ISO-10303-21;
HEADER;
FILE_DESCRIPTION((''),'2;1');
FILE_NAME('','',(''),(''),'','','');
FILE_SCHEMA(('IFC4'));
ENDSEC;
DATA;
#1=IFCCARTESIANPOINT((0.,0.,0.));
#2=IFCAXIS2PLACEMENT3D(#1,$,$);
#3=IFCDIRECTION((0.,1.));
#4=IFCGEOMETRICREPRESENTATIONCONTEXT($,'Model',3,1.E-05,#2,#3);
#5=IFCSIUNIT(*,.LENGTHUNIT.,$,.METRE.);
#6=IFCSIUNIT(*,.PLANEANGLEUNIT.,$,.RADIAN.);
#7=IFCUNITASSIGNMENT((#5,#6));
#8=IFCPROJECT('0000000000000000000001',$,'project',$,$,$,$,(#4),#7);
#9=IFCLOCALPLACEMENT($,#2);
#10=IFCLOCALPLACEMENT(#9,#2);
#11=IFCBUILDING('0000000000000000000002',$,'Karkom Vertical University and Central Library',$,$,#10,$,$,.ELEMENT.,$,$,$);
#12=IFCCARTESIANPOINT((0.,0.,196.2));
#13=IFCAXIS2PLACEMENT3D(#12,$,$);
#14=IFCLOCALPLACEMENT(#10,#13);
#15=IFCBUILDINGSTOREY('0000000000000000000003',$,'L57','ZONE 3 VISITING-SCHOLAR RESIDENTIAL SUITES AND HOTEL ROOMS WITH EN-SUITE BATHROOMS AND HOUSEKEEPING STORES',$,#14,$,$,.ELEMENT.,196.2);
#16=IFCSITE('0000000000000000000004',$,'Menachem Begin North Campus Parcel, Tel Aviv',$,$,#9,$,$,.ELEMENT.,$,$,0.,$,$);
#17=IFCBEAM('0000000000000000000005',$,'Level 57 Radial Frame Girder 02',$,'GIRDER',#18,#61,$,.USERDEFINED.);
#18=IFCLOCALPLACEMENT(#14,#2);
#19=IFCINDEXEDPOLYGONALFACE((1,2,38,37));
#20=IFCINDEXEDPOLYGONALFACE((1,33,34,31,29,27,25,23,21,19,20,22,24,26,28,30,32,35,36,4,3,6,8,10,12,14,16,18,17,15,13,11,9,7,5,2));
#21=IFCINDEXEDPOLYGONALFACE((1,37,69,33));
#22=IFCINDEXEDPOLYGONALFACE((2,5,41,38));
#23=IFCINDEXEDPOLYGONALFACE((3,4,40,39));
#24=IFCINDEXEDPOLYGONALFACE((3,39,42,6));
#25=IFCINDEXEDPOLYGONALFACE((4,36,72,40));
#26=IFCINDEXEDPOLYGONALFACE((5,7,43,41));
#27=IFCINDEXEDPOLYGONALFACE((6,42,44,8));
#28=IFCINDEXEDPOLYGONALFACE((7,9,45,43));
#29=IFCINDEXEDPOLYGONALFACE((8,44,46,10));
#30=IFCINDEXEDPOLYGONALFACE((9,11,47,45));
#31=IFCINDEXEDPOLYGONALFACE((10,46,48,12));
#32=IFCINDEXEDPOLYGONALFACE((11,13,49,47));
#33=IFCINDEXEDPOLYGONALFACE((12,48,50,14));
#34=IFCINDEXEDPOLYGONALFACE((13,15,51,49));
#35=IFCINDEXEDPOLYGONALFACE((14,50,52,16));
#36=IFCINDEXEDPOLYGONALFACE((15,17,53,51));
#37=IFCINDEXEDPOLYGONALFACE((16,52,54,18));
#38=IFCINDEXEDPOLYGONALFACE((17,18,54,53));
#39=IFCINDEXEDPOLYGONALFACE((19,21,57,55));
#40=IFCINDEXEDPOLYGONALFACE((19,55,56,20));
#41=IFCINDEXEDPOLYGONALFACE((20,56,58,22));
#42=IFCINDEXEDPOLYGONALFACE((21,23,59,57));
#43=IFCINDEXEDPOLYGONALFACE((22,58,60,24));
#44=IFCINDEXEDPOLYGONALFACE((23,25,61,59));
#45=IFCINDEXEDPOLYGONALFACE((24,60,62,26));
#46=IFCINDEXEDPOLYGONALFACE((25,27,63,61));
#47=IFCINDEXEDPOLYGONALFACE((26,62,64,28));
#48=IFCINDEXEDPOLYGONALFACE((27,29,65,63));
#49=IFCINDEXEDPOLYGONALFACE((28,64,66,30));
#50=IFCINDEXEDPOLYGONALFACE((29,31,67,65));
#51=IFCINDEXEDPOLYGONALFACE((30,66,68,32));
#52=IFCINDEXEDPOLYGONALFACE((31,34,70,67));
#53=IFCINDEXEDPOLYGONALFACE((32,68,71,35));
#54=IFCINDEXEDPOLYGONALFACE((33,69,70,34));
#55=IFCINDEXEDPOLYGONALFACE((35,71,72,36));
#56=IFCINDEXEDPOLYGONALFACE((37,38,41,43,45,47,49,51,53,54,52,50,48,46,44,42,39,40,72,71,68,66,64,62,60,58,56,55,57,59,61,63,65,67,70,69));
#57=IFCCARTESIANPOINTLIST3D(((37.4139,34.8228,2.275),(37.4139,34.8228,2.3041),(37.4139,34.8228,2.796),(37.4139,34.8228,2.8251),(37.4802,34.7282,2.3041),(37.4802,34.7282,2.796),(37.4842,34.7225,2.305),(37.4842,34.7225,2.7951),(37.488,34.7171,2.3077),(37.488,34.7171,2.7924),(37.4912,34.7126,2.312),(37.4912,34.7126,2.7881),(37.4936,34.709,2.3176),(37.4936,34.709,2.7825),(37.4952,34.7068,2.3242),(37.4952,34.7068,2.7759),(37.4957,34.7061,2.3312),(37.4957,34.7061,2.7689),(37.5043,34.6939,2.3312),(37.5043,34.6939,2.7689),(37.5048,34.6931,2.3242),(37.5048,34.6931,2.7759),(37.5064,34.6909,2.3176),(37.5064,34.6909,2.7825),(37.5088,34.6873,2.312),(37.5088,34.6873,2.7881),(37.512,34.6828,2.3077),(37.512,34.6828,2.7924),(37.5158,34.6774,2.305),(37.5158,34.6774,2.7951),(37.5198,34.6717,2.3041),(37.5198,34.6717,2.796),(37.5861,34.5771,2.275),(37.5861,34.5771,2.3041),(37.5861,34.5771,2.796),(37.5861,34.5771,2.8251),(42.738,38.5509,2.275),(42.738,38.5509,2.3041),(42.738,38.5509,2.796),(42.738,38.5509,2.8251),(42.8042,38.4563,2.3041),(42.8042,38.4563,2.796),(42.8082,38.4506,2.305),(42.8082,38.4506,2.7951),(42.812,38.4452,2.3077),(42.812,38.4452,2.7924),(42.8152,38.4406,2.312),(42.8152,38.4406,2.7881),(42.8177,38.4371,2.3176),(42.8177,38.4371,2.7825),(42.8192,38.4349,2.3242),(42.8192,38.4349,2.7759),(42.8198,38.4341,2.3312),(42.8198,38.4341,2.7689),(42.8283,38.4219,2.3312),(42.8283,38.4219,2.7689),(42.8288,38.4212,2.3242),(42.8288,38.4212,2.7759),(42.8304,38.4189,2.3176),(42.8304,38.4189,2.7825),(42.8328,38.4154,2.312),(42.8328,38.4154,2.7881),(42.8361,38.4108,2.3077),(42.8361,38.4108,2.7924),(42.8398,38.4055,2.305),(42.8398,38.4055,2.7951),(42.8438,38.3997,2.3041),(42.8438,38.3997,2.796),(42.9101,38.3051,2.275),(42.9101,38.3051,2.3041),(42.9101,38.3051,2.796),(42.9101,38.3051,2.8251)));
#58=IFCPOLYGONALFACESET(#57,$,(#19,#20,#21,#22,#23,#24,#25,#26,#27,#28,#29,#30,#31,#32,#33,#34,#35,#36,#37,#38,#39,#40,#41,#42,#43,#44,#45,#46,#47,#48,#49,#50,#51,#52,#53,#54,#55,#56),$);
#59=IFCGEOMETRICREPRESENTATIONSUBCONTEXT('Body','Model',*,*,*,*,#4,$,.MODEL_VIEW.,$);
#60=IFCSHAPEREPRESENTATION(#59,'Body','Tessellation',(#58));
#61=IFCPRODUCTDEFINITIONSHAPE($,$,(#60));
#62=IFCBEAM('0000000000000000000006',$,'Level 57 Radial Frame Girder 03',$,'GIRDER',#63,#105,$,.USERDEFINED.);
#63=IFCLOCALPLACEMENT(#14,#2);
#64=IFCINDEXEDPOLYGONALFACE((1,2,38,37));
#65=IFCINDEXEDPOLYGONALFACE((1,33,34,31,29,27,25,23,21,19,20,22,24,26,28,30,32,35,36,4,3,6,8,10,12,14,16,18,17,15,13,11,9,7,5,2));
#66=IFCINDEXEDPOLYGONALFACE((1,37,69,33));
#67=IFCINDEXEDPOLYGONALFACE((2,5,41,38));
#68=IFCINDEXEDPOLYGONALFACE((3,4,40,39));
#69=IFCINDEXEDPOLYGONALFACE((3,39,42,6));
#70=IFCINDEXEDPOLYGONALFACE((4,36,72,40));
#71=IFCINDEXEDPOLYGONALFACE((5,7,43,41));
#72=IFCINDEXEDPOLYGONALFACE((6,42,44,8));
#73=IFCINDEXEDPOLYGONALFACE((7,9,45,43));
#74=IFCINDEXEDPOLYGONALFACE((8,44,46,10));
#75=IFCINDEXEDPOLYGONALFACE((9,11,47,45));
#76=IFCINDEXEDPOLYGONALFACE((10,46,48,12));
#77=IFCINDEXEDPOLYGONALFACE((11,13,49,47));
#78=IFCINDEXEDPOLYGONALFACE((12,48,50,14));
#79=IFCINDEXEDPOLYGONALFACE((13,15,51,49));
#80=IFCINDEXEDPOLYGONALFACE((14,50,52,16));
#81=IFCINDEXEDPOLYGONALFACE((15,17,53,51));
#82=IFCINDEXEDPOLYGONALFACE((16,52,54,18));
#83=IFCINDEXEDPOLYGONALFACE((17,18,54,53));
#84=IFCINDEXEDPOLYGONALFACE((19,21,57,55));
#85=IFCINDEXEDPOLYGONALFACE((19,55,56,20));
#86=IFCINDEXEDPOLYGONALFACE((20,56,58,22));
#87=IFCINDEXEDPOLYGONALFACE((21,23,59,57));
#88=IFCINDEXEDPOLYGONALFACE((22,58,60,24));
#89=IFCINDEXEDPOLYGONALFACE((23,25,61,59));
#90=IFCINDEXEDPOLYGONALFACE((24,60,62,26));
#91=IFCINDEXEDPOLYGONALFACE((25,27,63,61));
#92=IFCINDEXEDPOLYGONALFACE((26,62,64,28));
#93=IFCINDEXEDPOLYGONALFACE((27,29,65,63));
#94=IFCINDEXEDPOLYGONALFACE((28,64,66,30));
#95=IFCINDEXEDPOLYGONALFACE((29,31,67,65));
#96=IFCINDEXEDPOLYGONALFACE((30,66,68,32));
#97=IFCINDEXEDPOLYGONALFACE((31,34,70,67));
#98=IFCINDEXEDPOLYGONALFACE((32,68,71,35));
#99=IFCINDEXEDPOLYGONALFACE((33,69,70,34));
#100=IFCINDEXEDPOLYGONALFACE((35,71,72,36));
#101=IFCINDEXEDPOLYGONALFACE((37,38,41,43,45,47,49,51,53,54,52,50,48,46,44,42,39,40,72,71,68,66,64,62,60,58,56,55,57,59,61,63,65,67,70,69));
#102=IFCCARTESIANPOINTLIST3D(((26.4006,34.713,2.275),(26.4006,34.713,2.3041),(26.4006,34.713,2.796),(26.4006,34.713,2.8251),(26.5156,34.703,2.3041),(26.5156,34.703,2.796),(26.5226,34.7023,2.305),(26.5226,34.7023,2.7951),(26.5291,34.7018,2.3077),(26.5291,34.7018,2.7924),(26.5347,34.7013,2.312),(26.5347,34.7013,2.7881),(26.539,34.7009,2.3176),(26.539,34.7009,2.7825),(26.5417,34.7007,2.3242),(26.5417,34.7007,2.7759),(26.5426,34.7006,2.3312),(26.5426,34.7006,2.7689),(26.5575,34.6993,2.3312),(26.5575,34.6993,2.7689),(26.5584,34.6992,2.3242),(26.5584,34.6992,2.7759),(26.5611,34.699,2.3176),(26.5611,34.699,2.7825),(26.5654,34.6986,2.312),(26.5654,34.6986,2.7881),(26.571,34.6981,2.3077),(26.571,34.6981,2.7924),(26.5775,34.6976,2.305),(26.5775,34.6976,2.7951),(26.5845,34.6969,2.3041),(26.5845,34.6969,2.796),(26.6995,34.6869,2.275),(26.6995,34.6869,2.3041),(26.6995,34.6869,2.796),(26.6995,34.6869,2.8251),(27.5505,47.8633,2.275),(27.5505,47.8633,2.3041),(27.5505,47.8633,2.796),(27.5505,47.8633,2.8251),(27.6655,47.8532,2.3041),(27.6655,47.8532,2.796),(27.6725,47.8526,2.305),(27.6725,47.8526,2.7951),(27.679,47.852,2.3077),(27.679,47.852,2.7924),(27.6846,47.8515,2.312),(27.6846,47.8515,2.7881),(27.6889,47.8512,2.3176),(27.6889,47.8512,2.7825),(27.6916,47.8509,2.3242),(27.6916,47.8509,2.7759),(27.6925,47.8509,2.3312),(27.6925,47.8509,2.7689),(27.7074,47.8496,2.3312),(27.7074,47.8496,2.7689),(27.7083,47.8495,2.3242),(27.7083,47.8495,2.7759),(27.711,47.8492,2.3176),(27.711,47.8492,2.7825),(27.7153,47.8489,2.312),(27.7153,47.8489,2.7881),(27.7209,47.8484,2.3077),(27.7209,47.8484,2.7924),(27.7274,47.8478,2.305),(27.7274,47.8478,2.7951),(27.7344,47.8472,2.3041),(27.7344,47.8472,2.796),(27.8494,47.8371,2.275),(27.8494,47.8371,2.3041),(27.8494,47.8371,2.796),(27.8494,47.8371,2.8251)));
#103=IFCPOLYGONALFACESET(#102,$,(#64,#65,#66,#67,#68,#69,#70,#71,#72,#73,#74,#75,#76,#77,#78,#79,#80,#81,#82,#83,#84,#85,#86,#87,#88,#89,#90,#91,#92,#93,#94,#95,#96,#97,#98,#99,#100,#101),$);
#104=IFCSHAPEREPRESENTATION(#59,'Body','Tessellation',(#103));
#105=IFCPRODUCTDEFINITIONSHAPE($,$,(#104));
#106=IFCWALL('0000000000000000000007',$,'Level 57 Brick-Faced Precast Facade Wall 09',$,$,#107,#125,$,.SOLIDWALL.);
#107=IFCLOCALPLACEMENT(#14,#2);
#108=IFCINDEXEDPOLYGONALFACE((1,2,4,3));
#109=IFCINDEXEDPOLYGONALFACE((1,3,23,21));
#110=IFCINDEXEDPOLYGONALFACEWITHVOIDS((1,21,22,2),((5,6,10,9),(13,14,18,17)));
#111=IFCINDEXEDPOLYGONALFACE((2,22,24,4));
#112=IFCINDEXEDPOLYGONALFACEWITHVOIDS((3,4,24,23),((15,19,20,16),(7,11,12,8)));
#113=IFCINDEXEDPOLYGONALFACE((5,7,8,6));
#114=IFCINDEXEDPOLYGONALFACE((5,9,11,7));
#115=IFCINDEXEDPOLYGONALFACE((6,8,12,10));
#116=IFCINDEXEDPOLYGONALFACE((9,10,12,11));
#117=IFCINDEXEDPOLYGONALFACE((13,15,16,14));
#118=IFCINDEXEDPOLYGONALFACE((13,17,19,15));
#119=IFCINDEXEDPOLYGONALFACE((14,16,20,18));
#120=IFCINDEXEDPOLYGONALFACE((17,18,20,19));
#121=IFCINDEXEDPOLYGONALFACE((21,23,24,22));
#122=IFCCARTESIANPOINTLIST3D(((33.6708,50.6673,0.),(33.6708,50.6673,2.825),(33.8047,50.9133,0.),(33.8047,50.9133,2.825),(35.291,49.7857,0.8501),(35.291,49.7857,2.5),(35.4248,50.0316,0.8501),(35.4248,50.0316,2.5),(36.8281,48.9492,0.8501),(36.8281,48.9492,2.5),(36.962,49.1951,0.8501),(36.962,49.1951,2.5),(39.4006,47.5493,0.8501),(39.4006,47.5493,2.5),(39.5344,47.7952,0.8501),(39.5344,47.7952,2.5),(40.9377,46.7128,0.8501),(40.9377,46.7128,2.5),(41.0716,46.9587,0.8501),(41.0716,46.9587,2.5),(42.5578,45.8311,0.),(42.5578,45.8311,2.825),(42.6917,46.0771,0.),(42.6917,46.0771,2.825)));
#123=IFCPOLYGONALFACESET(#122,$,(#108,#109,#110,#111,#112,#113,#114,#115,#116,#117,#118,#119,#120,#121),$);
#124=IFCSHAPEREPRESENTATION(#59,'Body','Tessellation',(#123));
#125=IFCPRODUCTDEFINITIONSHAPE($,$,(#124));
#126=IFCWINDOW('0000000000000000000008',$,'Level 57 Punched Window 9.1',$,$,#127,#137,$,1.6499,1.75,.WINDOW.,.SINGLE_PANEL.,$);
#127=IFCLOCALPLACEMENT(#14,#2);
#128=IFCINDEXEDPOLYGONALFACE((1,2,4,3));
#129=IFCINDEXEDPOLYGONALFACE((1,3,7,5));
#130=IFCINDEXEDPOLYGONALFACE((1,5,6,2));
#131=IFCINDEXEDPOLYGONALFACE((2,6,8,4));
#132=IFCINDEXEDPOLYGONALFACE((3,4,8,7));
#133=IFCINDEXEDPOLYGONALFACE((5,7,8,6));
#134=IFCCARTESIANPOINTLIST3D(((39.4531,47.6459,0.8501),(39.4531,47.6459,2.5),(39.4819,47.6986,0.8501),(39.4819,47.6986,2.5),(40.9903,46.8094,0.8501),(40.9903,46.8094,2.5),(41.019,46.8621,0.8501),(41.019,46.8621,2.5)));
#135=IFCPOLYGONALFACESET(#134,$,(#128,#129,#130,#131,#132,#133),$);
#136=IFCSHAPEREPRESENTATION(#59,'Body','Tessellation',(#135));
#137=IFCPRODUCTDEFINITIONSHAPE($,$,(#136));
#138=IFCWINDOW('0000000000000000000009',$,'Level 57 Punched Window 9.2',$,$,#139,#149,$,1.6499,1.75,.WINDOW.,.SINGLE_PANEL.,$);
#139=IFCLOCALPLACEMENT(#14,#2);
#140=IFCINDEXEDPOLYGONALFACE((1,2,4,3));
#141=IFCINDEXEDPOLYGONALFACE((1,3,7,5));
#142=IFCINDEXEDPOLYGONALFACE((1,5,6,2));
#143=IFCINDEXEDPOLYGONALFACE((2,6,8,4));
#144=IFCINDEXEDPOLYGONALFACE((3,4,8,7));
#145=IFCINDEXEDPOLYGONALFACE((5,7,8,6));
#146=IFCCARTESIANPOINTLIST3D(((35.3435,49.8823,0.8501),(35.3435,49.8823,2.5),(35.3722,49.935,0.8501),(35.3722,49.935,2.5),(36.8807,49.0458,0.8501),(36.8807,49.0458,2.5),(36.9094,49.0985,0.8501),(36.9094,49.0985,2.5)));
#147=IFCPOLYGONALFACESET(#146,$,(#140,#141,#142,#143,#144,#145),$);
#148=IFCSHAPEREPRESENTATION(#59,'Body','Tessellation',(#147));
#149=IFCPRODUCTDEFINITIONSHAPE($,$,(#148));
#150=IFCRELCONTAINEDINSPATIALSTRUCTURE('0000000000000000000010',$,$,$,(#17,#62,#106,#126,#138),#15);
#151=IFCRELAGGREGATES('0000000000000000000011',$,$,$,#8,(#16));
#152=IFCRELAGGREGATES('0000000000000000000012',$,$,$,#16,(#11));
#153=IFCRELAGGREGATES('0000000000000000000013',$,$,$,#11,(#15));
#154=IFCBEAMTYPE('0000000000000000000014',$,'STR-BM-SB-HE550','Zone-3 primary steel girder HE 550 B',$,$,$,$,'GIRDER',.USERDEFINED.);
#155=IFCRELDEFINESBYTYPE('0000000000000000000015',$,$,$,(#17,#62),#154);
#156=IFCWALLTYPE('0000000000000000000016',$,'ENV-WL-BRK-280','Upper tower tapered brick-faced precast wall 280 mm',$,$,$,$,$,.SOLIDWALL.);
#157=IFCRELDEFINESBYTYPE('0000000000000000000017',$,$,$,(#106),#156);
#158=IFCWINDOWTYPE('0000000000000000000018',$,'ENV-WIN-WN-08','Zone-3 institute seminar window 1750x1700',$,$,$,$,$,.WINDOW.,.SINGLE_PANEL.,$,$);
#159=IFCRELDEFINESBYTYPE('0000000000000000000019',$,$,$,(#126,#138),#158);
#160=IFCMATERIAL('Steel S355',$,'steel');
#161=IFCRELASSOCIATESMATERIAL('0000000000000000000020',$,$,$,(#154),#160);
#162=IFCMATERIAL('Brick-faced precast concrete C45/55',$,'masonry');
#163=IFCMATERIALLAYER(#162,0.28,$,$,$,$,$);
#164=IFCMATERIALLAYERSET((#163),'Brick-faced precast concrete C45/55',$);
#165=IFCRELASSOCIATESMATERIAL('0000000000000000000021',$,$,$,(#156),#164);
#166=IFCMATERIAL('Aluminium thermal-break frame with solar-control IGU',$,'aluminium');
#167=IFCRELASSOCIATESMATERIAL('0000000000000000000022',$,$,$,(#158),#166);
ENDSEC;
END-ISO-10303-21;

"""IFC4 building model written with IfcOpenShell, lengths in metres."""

from ifc_helpers import new_model, si_unit, direction, frame, frame_2d, origin, origin_with_axes, origin_2d, place, context, subcontext, project, spatial, rectangle, i_section, extrude, source, transform, mapped, material, layer, layer_set, material_profile, profile_set, type_object, element, fill, save


model = new_model("IFC4")

# Units and contexts
model_context = context("Model", 3, precision=1e-05, world=origin(), true_north=direction((0.0, 1.0)))
body_context = subcontext(model_context, "Body", "Model", "MODEL_VIEW")
ifc_project = project(units=[si_unit("LENGTHUNIT", "METRE"), si_unit("PLANEANGLEUNIT", "RADIAN")], contexts=[model_context])

# Site, building, storey
site_placement = place(None, origin())
site = spatial("IfcSite", under=ifc_project, at=site_placement, Name="Menachem Begin North Campus Parcel, Tel Aviv", CompositionType="ELEMENT", RefElevation=0.0)
building_placement = place(site_placement, origin())
building = spatial("IfcBuilding", under=site, at=building_placement, Name="Karkom Vertical University and Central Library", CompositionType="ELEMENT")
storey_placement = place(building_placement, frame((0.0, 0.0, 196.2)))
storey = spatial("IfcBuildingStorey", under=building, at=storey_placement, Name="L57", Description="ZONE 3 VISITING-SCHOLAR RESIDENTIAL SUITES AND HOTEL ROOMS WITH EN-SUITE BATHROOMS AND HOUSEKEEPING STORES", CompositionType="ELEMENT", Elevation=196.2)

# Beams
ifc_material_1 = material(Name="Steel S355", Category="steel")
ifc_material_profile_1 = material_profile(ifc_material_1, i_section(OverallWidth=0.3, OverallDepth=0.55, WebThickness=0.0149, FlangeThickness=0.0291, FilletRadius=0.0271, at=origin_2d()), Name="HE 550 B")
ifc_profile_set_1 = profile_set([ifc_material_profile_1], Name="Steel S355")
beam_type_1 = type_object("IfcBeamType", Name="STR-BM-SB-HE550", Description="Zone-3 primary steel girder HE 550 B", ElementType="GIRDER", PredefinedType="USERDEFINED", material=ifc_profile_set_1)
shared_shape_1 = source(origin_with_axes(), body_context, "Body", "SweptSolid", [
    extrude(i_section(OverallWidth=0.3, OverallDepth=0.55, WebThickness=0.0149, FlangeThickness=0.0291, FilletRadius=0.0271, at=origin_2d()), origin(), (0.0, 0.0, 1.0), 6.4995),
])
beam_1_placement = place(storey_placement, frame((37.5, 34.7, 2.55), z_axis=(0.819142, 0.573591, 0.0), x_axis=(-0.573591, 0.819142, 0.0)))
element("IfcBeam", 1, at=beam_1_placement, inside=storey, type_object=beam_type_1, Name="Level 57 Radial Frame Girder 02", ObjectType="GIRDER", PredefinedType="USERDEFINED", context=body_context, shape_type="MappedRepresentation", body=[
    mapped(shared_shape_1, transform((0.0, 0.0, 0.0), scale=1.0)),
])
shared_shape_2 = source(origin_with_axes(), body_context, "Body", "SweptSolid", [
    extrude(i_section(OverallWidth=0.3, OverallDepth=0.55, WebThickness=0.0149, FlangeThickness=0.0291, FilletRadius=0.0271, at=origin_2d()), origin(), (0.0, 0.0, 1.0), 13.2004),
])
beam_2_placement = place(storey_placement, frame((26.55, 34.7, 2.55), z_axis=(0.087112, 0.996199, 0.0), x_axis=(-0.996199, 0.087112, 0.0)))
element("IfcBeam", 2, at=beam_2_placement, inside=storey, type_object=beam_type_1, Name="Level 57 Radial Frame Girder 03", ObjectType="GIRDER", PredefinedType="USERDEFINED", context=body_context, shape_type="MappedRepresentation", body=[
    mapped(shared_shape_2, transform((0.0, 0.0, 0.0), scale=1.0)),
])

# Wall, openings, windows
ifc_material_2 = material(Name="Brick-faced precast concrete C45/55", Category="masonry")
ifc_layer_1 = layer(ifc_material_2, 0.28)
ifc_layer_set_1 = layer_set([ifc_layer_1], Name="Brick-faced precast concrete C45/55")
wall_type_1 = type_object("IfcWallType", Name="ENV-WL-BRK-280", Description="Upper tower tapered brick-faced precast wall 280 mm", PredefinedType="SOLIDWALL", material=ifc_layer_set_1)
wall_1_placement = place(storey_placement, frame((42.6248, 45.9541, 0.0), z_axis=(0.0, 0.0, 1.0), x_axis=(-0.878363, 0.477995, 0.0)))
wall_1 = element("IfcWall", 3, at=wall_1_placement, inside=storey, type_object=wall_type_1, Name="Level 57 Brick-Faced Precast Facade Wall 09", PredefinedType="SOLIDWALL", context=body_context, shape_type="SweptSolid", body=[
    extrude(rectangle(XDim=10.1177, YDim=0.28, at=frame_2d((5.0588, 0.0))), origin(), (0.0, 0.0, 1.0), 2.825),
])
opening_1_placement = place(wall_1_placement, frame((1.8445, 0.0, 0.8501)))
opening_1 = element("IfcOpeningElement", 4, at=opening_1_placement, cuts=wall_1, PredefinedType="OPENING", context=body_context, shape_type="SweptSolid", body=[
    extrude(rectangle(XDim=1.75, YDim=1.6499, at=frame_2d((0.875, 0.825))), frame((0.0, 0.1499, 0.0), z_axis=(0.0, -1.0, 0.0), x_axis=(1.0, 0.0, 0.0)), (0.0, 0.0, 1.0), 0.3),
])
opening_2_placement = place(wall_1_placement, frame((6.5232, 0.0, 0.8501)))
opening_2 = element("IfcOpeningElement", 5, at=opening_2_placement, cuts=wall_1, PredefinedType="OPENING", context=body_context, shape_type="SweptSolid", body=[
    extrude(rectangle(XDim=1.75, YDim=1.6499, at=frame_2d((0.875, 0.825))), frame((0.0, 0.1499, 0.0), z_axis=(0.0, -1.0, 0.0), x_axis=(1.0, 0.0, 0.0)), (0.0, 0.0, 1.0), 0.3),
])
ifc_material_3 = material(Name="Aluminium thermal-break frame with solar-control IGU", Category="aluminium")
window_type = type_object("IfcWindowType", Name="ENV-WIN-WN-08", Description="Zone-3 institute seminar window 1750x1700", PartitioningType="SINGLE_PANEL", PredefinedType="WINDOW", material=ifc_material_3)
shared_shape_3 = source(origin_with_axes(), body_context, "Body", "SweptSolid", [
    extrude(rectangle(XDim=1.75, YDim=1.6499, at=frame_2d((0.875, 0.825))), frame((0.0, 0.03, 0.0), z_axis=(0.0, -1.0, 0.0), x_axis=(1.0, 0.0, 0.0)), (0.0, 0.0, 1.0), 0.0601),
])
window_1_placement = place(opening_1_placement, origin())
window_1 = element("IfcWindow", 6, at=window_1_placement, inside=storey, type_object=window_type, Name="Level 57 Punched Window 9.1", OverallHeight=1.6499, OverallWidth=1.75, PartitioningType="SINGLE_PANEL", PredefinedType="WINDOW", context=body_context, shape_type="MappedRepresentation", body=[
    mapped(shared_shape_3, transform((0.0, 0.0, 0.0), scale=1.0)),
])
fill(opening_1, window_1)
window_2_placement = place(opening_2_placement, origin())
window_2 = element("IfcWindow", 7, at=window_2_placement, inside=storey, type_object=window_type, Name="Level 57 Punched Window 9.2", OverallHeight=1.6499, OverallWidth=1.75, PartitioningType="SINGLE_PANEL", PredefinedType="WINDOW", context=body_context, shape_type="MappedRepresentation", body=[
    mapped(shared_shape_3, transform((0.0, 0.0, 0.0), scale=1.0)),
])
fill(opening_2, window_2)

save(model, "model.ifc")
